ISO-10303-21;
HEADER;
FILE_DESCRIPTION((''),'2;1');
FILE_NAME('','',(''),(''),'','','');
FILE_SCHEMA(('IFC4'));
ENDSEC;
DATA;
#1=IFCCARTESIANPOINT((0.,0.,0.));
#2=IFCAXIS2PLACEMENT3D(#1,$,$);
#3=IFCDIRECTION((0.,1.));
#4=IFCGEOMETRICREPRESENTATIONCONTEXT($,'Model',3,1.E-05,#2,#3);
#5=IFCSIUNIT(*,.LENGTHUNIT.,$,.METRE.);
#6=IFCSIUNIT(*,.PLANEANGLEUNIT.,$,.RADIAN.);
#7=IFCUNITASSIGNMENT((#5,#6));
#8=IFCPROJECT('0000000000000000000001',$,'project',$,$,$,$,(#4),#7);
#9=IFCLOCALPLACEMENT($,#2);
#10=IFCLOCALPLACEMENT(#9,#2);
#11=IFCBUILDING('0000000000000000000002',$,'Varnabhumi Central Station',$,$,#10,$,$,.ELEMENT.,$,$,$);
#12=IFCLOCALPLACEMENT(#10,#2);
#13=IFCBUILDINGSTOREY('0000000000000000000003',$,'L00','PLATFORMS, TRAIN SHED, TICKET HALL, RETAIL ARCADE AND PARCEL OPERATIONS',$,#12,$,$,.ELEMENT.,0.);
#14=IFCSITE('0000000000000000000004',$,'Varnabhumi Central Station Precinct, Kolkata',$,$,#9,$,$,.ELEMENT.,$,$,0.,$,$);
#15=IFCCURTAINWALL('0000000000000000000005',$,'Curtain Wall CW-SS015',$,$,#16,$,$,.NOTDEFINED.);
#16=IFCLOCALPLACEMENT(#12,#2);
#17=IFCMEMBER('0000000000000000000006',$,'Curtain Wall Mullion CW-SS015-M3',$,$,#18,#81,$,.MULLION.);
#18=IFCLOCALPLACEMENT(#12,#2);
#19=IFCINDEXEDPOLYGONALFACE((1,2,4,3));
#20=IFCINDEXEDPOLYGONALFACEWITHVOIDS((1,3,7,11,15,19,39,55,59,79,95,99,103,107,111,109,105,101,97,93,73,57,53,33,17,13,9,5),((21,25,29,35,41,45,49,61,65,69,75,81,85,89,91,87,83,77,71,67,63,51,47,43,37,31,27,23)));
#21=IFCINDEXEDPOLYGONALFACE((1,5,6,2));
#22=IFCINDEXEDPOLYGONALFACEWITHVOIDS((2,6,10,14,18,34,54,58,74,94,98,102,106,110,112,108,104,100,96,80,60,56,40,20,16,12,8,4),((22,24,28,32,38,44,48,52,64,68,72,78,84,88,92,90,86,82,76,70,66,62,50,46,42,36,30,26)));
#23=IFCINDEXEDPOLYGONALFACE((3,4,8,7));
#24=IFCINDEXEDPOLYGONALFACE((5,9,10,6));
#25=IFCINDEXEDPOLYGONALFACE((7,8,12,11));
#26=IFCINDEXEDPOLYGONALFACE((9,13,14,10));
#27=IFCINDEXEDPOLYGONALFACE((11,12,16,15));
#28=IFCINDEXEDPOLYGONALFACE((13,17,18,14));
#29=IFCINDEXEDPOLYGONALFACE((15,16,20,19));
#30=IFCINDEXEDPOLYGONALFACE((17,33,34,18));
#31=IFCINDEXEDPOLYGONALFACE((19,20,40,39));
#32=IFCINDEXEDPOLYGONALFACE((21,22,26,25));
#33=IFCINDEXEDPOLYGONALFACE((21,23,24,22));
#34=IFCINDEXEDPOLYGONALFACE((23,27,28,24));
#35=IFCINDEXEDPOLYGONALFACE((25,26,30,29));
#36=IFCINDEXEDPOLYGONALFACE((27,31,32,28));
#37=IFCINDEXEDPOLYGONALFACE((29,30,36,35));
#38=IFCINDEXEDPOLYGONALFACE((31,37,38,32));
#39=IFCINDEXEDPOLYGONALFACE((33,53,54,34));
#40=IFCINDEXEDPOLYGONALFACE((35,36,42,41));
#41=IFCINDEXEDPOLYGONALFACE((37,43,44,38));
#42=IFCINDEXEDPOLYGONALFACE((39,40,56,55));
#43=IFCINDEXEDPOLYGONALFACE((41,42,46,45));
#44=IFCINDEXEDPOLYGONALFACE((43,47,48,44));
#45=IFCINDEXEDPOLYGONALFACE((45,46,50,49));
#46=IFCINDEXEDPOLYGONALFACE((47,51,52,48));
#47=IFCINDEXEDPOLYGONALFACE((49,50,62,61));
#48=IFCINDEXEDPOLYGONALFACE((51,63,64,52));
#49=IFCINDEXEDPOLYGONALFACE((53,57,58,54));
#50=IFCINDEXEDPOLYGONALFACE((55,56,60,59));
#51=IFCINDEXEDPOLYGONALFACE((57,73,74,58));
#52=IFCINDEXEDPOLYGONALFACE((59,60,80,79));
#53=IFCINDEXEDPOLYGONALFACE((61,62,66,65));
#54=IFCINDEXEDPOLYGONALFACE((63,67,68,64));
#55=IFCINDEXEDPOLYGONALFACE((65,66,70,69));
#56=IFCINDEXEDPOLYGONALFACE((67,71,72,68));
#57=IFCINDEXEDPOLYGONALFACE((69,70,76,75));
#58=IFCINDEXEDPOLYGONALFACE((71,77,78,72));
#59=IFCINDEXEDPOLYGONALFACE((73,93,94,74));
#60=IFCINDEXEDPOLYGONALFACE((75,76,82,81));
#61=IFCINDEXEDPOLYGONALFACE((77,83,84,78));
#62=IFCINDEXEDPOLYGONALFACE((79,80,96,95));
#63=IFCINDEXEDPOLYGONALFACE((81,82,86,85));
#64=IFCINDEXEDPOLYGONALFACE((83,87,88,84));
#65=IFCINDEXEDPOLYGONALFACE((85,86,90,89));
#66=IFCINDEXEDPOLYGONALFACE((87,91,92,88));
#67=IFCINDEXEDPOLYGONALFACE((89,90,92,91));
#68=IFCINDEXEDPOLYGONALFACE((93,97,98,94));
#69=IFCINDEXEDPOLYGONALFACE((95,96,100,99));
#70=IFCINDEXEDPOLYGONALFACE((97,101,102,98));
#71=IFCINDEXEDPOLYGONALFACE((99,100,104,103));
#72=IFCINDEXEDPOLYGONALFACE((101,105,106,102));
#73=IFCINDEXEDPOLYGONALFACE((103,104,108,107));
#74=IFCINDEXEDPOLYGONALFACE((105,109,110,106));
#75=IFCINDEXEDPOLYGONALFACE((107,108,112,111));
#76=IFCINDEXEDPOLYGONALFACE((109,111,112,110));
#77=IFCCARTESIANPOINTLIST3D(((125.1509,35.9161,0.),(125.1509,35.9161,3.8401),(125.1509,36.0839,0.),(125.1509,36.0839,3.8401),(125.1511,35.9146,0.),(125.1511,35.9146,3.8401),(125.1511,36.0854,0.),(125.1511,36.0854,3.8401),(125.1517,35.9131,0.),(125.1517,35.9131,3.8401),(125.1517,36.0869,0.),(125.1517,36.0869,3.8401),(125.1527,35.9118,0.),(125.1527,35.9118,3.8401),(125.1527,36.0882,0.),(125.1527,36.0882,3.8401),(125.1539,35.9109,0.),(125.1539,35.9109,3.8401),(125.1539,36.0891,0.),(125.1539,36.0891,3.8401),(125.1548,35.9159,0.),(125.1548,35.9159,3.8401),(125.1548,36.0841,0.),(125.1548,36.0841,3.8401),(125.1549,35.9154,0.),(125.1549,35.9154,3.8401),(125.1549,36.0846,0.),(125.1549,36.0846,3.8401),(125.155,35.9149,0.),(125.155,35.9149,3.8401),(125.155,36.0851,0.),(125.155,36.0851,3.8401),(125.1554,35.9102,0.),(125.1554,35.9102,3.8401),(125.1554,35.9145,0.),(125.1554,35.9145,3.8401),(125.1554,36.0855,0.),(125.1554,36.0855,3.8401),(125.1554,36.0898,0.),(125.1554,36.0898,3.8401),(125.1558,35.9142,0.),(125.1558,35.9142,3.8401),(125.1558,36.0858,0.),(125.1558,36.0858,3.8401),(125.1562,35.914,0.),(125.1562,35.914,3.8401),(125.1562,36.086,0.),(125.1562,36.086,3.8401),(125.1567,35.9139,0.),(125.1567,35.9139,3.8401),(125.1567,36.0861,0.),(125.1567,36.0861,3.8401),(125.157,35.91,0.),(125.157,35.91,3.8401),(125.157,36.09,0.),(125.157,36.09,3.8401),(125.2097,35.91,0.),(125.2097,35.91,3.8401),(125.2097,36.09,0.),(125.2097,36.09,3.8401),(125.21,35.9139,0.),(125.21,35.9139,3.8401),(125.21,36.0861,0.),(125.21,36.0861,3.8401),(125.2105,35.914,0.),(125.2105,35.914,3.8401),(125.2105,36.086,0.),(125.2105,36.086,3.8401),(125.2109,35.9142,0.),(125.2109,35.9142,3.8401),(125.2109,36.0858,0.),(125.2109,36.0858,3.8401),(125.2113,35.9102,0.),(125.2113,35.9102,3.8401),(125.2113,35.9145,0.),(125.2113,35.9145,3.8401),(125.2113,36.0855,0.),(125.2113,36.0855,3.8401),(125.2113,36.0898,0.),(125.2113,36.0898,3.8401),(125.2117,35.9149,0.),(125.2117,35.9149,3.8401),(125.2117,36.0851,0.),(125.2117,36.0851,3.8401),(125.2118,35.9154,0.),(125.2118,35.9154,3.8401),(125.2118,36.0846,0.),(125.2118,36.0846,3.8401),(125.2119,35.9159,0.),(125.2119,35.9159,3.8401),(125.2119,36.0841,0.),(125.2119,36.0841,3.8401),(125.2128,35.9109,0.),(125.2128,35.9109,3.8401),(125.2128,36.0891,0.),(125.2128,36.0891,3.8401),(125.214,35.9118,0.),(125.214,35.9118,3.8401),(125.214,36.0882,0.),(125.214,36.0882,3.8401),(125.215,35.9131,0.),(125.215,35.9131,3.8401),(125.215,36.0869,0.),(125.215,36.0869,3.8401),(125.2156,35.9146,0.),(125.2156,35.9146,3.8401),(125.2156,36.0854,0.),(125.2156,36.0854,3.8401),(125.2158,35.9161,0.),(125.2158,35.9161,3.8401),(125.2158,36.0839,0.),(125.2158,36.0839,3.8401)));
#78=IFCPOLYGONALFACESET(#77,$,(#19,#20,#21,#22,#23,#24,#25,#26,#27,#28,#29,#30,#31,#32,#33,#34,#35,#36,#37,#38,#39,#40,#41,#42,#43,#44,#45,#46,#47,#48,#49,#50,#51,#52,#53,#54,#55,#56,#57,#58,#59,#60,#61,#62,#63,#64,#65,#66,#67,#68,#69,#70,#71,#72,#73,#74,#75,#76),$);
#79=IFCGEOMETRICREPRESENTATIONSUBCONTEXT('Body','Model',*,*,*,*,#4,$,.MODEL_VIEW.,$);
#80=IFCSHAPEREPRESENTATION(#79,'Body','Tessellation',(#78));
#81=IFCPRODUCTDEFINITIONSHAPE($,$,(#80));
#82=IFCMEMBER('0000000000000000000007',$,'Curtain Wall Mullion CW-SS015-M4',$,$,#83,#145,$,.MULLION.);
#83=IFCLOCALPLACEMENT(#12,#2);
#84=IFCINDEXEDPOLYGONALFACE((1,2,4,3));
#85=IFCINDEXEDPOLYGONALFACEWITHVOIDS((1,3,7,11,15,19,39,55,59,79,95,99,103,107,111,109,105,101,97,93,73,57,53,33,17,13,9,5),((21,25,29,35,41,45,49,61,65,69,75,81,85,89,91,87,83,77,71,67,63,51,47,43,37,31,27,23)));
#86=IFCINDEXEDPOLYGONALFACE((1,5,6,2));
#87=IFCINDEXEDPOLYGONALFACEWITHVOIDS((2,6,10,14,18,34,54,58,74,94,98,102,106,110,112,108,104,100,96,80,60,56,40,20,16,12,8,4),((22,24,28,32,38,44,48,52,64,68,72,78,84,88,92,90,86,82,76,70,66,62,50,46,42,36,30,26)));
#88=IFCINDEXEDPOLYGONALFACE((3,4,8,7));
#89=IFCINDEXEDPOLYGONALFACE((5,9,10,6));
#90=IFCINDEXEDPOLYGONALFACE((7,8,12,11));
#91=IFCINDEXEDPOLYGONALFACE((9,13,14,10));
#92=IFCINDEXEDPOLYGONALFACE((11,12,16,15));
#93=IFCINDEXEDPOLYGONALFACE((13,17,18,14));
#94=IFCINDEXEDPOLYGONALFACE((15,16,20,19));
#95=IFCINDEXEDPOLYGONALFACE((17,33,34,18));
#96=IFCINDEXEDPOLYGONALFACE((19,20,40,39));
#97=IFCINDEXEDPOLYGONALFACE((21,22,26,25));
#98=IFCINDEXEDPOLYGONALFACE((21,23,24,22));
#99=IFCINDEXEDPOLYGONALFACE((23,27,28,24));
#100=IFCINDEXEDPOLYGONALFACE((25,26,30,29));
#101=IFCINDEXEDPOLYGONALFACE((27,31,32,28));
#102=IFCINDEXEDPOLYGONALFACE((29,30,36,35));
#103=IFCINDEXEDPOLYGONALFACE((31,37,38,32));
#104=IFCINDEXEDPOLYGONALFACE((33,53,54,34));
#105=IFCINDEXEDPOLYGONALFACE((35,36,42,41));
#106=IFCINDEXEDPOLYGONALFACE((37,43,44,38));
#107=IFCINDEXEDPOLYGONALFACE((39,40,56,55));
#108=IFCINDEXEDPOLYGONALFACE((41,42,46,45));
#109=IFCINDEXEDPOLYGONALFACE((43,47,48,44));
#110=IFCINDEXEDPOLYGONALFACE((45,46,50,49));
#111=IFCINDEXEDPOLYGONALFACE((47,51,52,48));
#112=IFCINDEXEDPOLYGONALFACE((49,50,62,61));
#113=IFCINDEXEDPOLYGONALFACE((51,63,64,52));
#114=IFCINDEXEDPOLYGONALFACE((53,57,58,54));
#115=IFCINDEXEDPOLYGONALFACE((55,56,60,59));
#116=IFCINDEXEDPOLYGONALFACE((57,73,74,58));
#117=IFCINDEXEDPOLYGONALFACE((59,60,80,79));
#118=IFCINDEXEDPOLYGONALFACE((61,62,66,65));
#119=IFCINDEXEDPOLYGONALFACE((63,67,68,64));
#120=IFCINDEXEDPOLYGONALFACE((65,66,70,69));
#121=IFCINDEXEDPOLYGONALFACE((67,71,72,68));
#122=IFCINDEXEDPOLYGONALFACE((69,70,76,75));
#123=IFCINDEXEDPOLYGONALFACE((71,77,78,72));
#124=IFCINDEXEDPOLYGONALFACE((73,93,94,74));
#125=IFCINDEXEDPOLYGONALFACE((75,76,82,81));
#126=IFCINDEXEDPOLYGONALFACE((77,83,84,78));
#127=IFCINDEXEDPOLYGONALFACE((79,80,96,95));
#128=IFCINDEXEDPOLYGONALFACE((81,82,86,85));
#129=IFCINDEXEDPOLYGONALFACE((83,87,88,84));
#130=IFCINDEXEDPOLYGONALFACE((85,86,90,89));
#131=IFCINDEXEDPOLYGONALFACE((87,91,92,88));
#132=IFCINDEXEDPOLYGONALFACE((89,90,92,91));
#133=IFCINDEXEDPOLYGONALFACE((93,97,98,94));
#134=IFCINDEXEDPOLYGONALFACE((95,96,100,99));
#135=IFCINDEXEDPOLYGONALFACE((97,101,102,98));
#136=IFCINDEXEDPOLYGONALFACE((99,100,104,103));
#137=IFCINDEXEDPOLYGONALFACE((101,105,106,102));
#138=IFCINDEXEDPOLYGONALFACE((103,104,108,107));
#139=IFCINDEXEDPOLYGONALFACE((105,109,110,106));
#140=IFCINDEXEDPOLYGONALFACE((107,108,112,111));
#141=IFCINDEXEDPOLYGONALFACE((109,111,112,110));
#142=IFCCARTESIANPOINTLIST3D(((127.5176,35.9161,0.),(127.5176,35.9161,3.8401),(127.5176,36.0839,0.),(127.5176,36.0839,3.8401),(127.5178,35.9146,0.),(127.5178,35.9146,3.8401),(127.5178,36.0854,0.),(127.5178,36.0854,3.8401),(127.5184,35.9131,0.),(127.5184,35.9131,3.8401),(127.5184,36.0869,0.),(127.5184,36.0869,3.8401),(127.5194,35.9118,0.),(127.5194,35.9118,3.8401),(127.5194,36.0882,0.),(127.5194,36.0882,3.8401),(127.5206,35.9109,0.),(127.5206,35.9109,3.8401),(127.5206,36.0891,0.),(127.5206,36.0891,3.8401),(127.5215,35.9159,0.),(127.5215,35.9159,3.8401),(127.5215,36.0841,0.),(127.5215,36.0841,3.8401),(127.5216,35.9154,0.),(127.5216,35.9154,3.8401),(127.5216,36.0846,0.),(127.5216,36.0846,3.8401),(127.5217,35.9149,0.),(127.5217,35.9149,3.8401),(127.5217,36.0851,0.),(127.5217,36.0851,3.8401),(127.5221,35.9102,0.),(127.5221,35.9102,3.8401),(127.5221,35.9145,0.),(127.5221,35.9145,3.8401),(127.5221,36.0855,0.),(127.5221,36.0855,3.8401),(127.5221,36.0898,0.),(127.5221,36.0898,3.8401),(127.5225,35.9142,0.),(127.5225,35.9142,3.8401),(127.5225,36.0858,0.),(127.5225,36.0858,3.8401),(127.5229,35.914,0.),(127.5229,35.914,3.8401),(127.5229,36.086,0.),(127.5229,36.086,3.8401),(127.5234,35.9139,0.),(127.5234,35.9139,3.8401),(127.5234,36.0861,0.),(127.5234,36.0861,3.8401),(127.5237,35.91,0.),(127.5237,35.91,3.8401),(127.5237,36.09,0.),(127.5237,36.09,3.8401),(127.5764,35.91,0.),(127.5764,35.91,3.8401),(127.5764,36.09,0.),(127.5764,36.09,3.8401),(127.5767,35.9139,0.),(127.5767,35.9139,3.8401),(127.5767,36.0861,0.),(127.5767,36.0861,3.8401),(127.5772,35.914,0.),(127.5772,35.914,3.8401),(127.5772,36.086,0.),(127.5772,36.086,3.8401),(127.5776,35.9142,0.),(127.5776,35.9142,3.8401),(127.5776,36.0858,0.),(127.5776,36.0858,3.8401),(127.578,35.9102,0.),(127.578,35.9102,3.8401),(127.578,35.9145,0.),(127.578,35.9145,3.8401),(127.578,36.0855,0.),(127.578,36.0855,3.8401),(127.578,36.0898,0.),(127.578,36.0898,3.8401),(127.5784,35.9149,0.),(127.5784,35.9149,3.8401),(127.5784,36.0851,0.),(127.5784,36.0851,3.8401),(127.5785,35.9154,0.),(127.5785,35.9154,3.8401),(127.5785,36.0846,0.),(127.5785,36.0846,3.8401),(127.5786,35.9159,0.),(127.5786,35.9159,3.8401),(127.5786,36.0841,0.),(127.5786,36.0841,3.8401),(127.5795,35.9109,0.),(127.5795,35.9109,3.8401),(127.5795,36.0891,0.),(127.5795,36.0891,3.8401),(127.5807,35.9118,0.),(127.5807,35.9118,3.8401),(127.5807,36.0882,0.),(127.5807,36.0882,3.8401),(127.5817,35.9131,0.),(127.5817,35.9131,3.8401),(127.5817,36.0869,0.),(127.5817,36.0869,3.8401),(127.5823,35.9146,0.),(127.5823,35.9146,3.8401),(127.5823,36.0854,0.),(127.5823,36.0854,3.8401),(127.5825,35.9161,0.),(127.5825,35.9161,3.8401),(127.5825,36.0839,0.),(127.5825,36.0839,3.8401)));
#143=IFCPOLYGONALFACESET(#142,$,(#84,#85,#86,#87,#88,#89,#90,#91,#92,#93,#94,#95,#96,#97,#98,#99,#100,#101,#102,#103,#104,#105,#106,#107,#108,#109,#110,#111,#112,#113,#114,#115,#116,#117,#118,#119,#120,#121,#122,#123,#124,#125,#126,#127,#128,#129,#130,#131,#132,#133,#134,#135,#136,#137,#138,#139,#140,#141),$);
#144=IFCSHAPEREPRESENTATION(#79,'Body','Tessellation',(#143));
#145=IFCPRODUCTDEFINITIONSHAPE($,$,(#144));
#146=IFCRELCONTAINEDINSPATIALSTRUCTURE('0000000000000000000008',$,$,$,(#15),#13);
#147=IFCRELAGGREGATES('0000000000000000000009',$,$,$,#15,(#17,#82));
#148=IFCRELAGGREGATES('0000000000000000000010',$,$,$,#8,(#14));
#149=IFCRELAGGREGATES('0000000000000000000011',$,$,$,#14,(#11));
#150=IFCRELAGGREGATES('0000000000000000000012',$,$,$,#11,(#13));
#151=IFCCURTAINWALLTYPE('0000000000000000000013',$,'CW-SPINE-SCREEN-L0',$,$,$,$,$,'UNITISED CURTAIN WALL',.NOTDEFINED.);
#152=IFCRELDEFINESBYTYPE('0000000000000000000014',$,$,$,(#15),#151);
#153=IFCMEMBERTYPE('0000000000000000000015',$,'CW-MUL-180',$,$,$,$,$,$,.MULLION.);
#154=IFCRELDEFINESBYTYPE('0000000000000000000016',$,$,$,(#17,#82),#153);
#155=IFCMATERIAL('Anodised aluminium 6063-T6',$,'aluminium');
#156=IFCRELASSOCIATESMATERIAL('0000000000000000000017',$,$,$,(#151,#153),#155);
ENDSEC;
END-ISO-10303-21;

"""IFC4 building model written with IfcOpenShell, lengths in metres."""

from ifc_helpers import new_model, si_unit, direction, frame, origin, origin_2d, place, context, subcontext, project, spatial, hollow_rectangle, extrude, material, material_profile, profile_set, type_object, element, aggregate, save


model = new_model("IFC4")

# Units and contexts
model_context = context("Model", 3, precision=1e-05, world=origin(), true_north=direction((0.0, 1.0)))
body_context = subcontext(model_context, "Body", "Model", "MODEL_VIEW")
ifc_project = project(units=[si_unit("LENGTHUNIT", "METRE"), si_unit("PLANEANGLEUNIT", "RADIAN")], contexts=[model_context])

# Site, building, storey
site_placement = place(None, origin())
site = spatial("IfcSite", under=ifc_project, at=site_placement, Name="Varnabhumi Central Station Precinct, Kolkata", CompositionType="ELEMENT", RefElevation=0.0)
building_placement = place(site_placement, origin())
building = spatial("IfcBuilding", under=site, at=building_placement, Name="Varnabhumi Central Station", CompositionType="ELEMENT")
storey_placement = place(building_placement, origin())
storey = spatial("IfcBuildingStorey", under=building, at=storey_placement, Name="L00", Description="PLATFORMS, TRAIN SHED, TICKET HALL, RETAIL ARCADE AND PARCEL OPERATIONS", CompositionType="ELEMENT", Elevation=0.0)

# Curtain wall, members
ifc_material_1 = material(Name="Anodised aluminium 6063-T6", Category="aluminium")
curtain_wall_type_1 = type_object("IfcCurtainWallType", Name="CW-SPINE-SCREEN-L0", ElementType="UNITISED CURTAIN WALL", PredefinedType="NOTDEFINED", material=ifc_material_1)
curtain_wall_1_placement = place(storey_placement, origin())
curtain_wall_1 = element("IfcCurtainWall", 1, at=curtain_wall_1_placement, inside=storey, type_object=curtain_wall_type_1, Name="Curtain Wall CW-SS015", PredefinedType="NOTDEFINED")
ifc_material_profile_1 = material_profile(ifc_material_1, hollow_rectangle(XDim=0.0649, YDim=0.1799, WallThickness=0.0039, InnerFilletRadius=0.002, OuterFilletRadius=0.0061, at=origin_2d()), Name="Anodised aluminium 6063-T6", Category="aluminium")
ifc_profile_set_1 = profile_set([ifc_material_profile_1], Name="Anodised aluminium 6063-T6")
member_type = type_object("IfcMemberType", Name="CW-MUL-180", PredefinedType="MULLION", material=ifc_profile_set_1)
member_1_placement = place(storey_placement, frame((125.1833, 36.0, 0.0), z_axis=(0.0, 0.0, 1.0), x_axis=(1.0, 0.0, 0.0)))
member_1 = element("IfcMember", 2, at=member_1_placement, type_object=member_type, Name="Curtain Wall Mullion CW-SS015-M3", PredefinedType="MULLION", context=body_context, shape_type="SweptSolid", body=[
    extrude(hollow_rectangle(XDim=0.0649, YDim=0.1799, WallThickness=0.0039, InnerFilletRadius=0.002, OuterFilletRadius=0.0061, at=origin_2d()), origin(), (0.0, 0.0, 1.0), 3.8401),
])
member_2_placement = place(storey_placement, frame((127.55, 36.0, 0.0), z_axis=(0.0, 0.0, 1.0), x_axis=(1.0, 0.0, 0.0)))
member_2 = element("IfcMember", 3, at=member_2_placement, type_object=member_type, Name="Curtain Wall Mullion CW-SS015-M4", PredefinedType="MULLION", context=body_context, shape_type="SweptSolid", body=[
    extrude(hollow_rectangle(XDim=0.0649, YDim=0.1799, WallThickness=0.0039, InnerFilletRadius=0.002, OuterFilletRadius=0.0061, at=origin_2d()), origin(), (0.0, 0.0, 1.0), 3.8401),
])

aggregate(curtain_wall_1, [member_1, member_2])

save(model, "model.ifc")
